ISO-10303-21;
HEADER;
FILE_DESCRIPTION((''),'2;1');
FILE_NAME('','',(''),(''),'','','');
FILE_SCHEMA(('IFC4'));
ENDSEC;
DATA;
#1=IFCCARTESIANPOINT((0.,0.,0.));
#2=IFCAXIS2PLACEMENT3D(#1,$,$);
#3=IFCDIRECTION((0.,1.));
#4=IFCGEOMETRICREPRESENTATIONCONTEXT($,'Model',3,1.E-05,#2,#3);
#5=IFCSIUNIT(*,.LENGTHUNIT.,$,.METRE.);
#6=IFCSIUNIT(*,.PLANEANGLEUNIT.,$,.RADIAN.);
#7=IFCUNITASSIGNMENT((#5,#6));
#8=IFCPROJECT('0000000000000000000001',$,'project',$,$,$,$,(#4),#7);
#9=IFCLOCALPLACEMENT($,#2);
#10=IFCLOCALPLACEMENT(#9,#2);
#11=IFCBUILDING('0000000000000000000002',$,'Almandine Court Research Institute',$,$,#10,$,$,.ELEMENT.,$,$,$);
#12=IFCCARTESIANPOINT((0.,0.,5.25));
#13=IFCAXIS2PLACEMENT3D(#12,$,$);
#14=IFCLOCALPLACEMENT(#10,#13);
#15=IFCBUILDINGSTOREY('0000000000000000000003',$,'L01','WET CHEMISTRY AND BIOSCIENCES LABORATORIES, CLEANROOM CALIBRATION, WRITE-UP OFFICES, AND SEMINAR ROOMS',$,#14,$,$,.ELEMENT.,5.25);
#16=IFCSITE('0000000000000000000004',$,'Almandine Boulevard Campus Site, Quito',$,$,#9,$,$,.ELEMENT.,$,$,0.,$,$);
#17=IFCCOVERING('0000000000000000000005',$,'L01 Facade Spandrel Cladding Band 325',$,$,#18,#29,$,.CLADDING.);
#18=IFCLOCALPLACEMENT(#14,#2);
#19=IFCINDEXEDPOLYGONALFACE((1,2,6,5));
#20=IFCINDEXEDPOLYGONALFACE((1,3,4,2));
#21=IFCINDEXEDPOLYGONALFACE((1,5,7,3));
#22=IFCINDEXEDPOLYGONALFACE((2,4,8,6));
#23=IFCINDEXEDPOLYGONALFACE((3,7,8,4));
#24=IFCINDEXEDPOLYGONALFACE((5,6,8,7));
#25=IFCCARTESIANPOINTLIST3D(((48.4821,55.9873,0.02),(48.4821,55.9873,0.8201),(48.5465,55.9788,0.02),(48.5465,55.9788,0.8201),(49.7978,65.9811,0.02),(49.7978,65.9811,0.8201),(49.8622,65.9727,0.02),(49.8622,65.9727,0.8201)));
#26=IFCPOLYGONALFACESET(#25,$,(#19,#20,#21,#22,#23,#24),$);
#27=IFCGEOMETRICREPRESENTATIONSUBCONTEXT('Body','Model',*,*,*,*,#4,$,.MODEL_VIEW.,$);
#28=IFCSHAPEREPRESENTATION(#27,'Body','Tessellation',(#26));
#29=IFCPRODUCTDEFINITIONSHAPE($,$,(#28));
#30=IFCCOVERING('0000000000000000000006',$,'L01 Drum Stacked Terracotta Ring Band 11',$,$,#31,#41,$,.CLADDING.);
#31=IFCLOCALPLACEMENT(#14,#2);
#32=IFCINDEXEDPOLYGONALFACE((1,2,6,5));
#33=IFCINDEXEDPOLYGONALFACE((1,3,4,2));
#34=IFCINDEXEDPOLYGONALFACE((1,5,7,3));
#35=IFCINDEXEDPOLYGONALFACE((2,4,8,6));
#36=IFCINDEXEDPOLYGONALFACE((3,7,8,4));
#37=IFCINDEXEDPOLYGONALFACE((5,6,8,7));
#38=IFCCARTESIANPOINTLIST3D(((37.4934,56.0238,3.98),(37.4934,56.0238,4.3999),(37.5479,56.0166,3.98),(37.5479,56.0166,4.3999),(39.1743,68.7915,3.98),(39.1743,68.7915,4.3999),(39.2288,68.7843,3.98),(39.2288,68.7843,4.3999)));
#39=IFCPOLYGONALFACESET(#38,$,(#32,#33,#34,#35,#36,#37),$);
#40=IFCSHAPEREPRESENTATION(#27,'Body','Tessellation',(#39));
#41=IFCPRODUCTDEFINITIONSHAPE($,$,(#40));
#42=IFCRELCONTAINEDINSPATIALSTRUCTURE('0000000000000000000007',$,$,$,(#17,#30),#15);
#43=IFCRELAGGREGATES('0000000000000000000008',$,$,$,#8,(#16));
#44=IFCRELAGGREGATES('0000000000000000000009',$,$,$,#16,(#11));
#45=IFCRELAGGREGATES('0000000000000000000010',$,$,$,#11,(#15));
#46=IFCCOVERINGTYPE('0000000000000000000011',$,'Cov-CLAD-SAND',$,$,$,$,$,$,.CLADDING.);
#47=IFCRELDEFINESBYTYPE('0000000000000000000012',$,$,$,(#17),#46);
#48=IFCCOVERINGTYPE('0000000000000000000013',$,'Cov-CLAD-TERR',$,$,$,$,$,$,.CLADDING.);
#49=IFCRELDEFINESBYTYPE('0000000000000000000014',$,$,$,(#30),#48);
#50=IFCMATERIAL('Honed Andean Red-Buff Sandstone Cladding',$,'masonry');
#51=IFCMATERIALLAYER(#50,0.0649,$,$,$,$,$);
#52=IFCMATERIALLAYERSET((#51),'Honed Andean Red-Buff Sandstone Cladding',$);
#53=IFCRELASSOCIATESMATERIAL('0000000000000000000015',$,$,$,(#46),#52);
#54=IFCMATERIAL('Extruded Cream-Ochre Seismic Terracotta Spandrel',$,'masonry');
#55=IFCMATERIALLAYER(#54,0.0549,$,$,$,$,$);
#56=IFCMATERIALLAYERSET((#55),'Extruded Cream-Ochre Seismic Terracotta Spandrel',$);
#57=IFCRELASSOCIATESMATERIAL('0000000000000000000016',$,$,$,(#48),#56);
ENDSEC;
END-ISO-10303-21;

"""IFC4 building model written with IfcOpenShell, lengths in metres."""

from ifc_helpers import new_model, si_unit, direction, frame, origin, origin_2d, place, context, subcontext, project, spatial, rectangle, extrude, material, layer, layer_set, type_object, element, save


model = new_model("IFC4")

# Units and contexts
model_context = context("Model", 3, precision=1e-05, world=origin(), true_north=direction((0.0, 1.0)))
body_context = subcontext(model_context, "Body", "Model", "MODEL_VIEW")
ifc_project = project(units=[si_unit("LENGTHUNIT", "METRE"), si_unit("PLANEANGLEUNIT", "RADIAN")], contexts=[model_context])

# Site, building, storey
site_placement = place(None, origin())
site = spatial("IfcSite", under=ifc_project, at=site_placement, Name="Almandine Boulevard Campus Site, Quito", CompositionType="ELEMENT", RefElevation=0.0)
building_placement = place(site_placement, origin())
building = spatial("IfcBuilding", under=site, at=building_placement, Name="Almandine Court Research Institute", CompositionType="ELEMENT")
storey_placement = place(building_placement, frame((0.0, 0.0, 5.25)))
storey = spatial("IfcBuildingStorey", under=building, at=storey_placement, Name="L01", Description="WET CHEMISTRY AND BIOSCIENCES LABORATORIES, CLEANROOM CALIBRATION, WRITE-UP OFFICES, AND SEMINAR ROOMS", CompositionType="ELEMENT", Elevation=5.25)

# Coverings
ifc_material_1 = material(Name="Honed Andean Red-Buff Sandstone Cladding", Category="masonry")
ifc_layer_1 = layer(ifc_material_1, 0.0649)
ifc_layer_set_1 = layer_set([ifc_layer_1], Name="Honed Andean Red-Buff Sandstone Cladding")
covering_type_1 = type_object("IfcCoveringType", Name="Cov-CLAD-SAND", PredefinedType="CLADDING", material=ifc_layer_set_1)
covering_1_placement = place(storey_placement, frame((49.1721, 60.98, 0.02), z_axis=(0.0, 0.0, 1.0), x_axis=(-0.130526, -0.991445, 0.0)))
element("IfcCovering", 1, at=covering_1_placement, inside=storey, type_object=covering_type_1, Name="L01 Facade Spandrel Cladding Band 325", PredefinedType="CLADDING", context=body_context, shape_type="SweptSolid", body=[
    extrude(rectangle(XDim=10.0801, YDim=0.0649, at=origin_2d()), origin(), (0.0, 0.0, 1.0), 0.8),
])
ifc_material_2 = material(Name="Extruded Cream-Ochre Seismic Terracotta Spandrel", Category="masonry")
ifc_layer_2 = layer(ifc_material_2, 0.0549)
ifc_layer_set_2 = layer_set([ifc_layer_2], Name="Extruded Cream-Ochre Seismic Terracotta Spandrel")
covering_type_2 = type_object("IfcCoveringType", Name="Cov-CLAD-TERR", PredefinedType="CLADDING", material=ifc_layer_set_2)
covering_2_placement = place(storey_placement, frame((38.3611, 62.4041, 3.98), z_axis=(0.0, 0.0, 1.0), x_axis=(0.130526, 0.991445, 0.0)))
element("IfcCovering", 2, at=covering_2_placement, inside=storey, type_object=covering_type_2, Name="L01 Drum Stacked Terracotta Ring Band 11", PredefinedType="CLADDING", context=body_context, shape_type="SweptSolid", body=[
    extrude(rectangle(XDim=12.8779, YDim=0.0549, at=origin_2d()), origin(), (0.0, 0.0, 1.0), 0.4199),
])

save(model, "model.ifc")
